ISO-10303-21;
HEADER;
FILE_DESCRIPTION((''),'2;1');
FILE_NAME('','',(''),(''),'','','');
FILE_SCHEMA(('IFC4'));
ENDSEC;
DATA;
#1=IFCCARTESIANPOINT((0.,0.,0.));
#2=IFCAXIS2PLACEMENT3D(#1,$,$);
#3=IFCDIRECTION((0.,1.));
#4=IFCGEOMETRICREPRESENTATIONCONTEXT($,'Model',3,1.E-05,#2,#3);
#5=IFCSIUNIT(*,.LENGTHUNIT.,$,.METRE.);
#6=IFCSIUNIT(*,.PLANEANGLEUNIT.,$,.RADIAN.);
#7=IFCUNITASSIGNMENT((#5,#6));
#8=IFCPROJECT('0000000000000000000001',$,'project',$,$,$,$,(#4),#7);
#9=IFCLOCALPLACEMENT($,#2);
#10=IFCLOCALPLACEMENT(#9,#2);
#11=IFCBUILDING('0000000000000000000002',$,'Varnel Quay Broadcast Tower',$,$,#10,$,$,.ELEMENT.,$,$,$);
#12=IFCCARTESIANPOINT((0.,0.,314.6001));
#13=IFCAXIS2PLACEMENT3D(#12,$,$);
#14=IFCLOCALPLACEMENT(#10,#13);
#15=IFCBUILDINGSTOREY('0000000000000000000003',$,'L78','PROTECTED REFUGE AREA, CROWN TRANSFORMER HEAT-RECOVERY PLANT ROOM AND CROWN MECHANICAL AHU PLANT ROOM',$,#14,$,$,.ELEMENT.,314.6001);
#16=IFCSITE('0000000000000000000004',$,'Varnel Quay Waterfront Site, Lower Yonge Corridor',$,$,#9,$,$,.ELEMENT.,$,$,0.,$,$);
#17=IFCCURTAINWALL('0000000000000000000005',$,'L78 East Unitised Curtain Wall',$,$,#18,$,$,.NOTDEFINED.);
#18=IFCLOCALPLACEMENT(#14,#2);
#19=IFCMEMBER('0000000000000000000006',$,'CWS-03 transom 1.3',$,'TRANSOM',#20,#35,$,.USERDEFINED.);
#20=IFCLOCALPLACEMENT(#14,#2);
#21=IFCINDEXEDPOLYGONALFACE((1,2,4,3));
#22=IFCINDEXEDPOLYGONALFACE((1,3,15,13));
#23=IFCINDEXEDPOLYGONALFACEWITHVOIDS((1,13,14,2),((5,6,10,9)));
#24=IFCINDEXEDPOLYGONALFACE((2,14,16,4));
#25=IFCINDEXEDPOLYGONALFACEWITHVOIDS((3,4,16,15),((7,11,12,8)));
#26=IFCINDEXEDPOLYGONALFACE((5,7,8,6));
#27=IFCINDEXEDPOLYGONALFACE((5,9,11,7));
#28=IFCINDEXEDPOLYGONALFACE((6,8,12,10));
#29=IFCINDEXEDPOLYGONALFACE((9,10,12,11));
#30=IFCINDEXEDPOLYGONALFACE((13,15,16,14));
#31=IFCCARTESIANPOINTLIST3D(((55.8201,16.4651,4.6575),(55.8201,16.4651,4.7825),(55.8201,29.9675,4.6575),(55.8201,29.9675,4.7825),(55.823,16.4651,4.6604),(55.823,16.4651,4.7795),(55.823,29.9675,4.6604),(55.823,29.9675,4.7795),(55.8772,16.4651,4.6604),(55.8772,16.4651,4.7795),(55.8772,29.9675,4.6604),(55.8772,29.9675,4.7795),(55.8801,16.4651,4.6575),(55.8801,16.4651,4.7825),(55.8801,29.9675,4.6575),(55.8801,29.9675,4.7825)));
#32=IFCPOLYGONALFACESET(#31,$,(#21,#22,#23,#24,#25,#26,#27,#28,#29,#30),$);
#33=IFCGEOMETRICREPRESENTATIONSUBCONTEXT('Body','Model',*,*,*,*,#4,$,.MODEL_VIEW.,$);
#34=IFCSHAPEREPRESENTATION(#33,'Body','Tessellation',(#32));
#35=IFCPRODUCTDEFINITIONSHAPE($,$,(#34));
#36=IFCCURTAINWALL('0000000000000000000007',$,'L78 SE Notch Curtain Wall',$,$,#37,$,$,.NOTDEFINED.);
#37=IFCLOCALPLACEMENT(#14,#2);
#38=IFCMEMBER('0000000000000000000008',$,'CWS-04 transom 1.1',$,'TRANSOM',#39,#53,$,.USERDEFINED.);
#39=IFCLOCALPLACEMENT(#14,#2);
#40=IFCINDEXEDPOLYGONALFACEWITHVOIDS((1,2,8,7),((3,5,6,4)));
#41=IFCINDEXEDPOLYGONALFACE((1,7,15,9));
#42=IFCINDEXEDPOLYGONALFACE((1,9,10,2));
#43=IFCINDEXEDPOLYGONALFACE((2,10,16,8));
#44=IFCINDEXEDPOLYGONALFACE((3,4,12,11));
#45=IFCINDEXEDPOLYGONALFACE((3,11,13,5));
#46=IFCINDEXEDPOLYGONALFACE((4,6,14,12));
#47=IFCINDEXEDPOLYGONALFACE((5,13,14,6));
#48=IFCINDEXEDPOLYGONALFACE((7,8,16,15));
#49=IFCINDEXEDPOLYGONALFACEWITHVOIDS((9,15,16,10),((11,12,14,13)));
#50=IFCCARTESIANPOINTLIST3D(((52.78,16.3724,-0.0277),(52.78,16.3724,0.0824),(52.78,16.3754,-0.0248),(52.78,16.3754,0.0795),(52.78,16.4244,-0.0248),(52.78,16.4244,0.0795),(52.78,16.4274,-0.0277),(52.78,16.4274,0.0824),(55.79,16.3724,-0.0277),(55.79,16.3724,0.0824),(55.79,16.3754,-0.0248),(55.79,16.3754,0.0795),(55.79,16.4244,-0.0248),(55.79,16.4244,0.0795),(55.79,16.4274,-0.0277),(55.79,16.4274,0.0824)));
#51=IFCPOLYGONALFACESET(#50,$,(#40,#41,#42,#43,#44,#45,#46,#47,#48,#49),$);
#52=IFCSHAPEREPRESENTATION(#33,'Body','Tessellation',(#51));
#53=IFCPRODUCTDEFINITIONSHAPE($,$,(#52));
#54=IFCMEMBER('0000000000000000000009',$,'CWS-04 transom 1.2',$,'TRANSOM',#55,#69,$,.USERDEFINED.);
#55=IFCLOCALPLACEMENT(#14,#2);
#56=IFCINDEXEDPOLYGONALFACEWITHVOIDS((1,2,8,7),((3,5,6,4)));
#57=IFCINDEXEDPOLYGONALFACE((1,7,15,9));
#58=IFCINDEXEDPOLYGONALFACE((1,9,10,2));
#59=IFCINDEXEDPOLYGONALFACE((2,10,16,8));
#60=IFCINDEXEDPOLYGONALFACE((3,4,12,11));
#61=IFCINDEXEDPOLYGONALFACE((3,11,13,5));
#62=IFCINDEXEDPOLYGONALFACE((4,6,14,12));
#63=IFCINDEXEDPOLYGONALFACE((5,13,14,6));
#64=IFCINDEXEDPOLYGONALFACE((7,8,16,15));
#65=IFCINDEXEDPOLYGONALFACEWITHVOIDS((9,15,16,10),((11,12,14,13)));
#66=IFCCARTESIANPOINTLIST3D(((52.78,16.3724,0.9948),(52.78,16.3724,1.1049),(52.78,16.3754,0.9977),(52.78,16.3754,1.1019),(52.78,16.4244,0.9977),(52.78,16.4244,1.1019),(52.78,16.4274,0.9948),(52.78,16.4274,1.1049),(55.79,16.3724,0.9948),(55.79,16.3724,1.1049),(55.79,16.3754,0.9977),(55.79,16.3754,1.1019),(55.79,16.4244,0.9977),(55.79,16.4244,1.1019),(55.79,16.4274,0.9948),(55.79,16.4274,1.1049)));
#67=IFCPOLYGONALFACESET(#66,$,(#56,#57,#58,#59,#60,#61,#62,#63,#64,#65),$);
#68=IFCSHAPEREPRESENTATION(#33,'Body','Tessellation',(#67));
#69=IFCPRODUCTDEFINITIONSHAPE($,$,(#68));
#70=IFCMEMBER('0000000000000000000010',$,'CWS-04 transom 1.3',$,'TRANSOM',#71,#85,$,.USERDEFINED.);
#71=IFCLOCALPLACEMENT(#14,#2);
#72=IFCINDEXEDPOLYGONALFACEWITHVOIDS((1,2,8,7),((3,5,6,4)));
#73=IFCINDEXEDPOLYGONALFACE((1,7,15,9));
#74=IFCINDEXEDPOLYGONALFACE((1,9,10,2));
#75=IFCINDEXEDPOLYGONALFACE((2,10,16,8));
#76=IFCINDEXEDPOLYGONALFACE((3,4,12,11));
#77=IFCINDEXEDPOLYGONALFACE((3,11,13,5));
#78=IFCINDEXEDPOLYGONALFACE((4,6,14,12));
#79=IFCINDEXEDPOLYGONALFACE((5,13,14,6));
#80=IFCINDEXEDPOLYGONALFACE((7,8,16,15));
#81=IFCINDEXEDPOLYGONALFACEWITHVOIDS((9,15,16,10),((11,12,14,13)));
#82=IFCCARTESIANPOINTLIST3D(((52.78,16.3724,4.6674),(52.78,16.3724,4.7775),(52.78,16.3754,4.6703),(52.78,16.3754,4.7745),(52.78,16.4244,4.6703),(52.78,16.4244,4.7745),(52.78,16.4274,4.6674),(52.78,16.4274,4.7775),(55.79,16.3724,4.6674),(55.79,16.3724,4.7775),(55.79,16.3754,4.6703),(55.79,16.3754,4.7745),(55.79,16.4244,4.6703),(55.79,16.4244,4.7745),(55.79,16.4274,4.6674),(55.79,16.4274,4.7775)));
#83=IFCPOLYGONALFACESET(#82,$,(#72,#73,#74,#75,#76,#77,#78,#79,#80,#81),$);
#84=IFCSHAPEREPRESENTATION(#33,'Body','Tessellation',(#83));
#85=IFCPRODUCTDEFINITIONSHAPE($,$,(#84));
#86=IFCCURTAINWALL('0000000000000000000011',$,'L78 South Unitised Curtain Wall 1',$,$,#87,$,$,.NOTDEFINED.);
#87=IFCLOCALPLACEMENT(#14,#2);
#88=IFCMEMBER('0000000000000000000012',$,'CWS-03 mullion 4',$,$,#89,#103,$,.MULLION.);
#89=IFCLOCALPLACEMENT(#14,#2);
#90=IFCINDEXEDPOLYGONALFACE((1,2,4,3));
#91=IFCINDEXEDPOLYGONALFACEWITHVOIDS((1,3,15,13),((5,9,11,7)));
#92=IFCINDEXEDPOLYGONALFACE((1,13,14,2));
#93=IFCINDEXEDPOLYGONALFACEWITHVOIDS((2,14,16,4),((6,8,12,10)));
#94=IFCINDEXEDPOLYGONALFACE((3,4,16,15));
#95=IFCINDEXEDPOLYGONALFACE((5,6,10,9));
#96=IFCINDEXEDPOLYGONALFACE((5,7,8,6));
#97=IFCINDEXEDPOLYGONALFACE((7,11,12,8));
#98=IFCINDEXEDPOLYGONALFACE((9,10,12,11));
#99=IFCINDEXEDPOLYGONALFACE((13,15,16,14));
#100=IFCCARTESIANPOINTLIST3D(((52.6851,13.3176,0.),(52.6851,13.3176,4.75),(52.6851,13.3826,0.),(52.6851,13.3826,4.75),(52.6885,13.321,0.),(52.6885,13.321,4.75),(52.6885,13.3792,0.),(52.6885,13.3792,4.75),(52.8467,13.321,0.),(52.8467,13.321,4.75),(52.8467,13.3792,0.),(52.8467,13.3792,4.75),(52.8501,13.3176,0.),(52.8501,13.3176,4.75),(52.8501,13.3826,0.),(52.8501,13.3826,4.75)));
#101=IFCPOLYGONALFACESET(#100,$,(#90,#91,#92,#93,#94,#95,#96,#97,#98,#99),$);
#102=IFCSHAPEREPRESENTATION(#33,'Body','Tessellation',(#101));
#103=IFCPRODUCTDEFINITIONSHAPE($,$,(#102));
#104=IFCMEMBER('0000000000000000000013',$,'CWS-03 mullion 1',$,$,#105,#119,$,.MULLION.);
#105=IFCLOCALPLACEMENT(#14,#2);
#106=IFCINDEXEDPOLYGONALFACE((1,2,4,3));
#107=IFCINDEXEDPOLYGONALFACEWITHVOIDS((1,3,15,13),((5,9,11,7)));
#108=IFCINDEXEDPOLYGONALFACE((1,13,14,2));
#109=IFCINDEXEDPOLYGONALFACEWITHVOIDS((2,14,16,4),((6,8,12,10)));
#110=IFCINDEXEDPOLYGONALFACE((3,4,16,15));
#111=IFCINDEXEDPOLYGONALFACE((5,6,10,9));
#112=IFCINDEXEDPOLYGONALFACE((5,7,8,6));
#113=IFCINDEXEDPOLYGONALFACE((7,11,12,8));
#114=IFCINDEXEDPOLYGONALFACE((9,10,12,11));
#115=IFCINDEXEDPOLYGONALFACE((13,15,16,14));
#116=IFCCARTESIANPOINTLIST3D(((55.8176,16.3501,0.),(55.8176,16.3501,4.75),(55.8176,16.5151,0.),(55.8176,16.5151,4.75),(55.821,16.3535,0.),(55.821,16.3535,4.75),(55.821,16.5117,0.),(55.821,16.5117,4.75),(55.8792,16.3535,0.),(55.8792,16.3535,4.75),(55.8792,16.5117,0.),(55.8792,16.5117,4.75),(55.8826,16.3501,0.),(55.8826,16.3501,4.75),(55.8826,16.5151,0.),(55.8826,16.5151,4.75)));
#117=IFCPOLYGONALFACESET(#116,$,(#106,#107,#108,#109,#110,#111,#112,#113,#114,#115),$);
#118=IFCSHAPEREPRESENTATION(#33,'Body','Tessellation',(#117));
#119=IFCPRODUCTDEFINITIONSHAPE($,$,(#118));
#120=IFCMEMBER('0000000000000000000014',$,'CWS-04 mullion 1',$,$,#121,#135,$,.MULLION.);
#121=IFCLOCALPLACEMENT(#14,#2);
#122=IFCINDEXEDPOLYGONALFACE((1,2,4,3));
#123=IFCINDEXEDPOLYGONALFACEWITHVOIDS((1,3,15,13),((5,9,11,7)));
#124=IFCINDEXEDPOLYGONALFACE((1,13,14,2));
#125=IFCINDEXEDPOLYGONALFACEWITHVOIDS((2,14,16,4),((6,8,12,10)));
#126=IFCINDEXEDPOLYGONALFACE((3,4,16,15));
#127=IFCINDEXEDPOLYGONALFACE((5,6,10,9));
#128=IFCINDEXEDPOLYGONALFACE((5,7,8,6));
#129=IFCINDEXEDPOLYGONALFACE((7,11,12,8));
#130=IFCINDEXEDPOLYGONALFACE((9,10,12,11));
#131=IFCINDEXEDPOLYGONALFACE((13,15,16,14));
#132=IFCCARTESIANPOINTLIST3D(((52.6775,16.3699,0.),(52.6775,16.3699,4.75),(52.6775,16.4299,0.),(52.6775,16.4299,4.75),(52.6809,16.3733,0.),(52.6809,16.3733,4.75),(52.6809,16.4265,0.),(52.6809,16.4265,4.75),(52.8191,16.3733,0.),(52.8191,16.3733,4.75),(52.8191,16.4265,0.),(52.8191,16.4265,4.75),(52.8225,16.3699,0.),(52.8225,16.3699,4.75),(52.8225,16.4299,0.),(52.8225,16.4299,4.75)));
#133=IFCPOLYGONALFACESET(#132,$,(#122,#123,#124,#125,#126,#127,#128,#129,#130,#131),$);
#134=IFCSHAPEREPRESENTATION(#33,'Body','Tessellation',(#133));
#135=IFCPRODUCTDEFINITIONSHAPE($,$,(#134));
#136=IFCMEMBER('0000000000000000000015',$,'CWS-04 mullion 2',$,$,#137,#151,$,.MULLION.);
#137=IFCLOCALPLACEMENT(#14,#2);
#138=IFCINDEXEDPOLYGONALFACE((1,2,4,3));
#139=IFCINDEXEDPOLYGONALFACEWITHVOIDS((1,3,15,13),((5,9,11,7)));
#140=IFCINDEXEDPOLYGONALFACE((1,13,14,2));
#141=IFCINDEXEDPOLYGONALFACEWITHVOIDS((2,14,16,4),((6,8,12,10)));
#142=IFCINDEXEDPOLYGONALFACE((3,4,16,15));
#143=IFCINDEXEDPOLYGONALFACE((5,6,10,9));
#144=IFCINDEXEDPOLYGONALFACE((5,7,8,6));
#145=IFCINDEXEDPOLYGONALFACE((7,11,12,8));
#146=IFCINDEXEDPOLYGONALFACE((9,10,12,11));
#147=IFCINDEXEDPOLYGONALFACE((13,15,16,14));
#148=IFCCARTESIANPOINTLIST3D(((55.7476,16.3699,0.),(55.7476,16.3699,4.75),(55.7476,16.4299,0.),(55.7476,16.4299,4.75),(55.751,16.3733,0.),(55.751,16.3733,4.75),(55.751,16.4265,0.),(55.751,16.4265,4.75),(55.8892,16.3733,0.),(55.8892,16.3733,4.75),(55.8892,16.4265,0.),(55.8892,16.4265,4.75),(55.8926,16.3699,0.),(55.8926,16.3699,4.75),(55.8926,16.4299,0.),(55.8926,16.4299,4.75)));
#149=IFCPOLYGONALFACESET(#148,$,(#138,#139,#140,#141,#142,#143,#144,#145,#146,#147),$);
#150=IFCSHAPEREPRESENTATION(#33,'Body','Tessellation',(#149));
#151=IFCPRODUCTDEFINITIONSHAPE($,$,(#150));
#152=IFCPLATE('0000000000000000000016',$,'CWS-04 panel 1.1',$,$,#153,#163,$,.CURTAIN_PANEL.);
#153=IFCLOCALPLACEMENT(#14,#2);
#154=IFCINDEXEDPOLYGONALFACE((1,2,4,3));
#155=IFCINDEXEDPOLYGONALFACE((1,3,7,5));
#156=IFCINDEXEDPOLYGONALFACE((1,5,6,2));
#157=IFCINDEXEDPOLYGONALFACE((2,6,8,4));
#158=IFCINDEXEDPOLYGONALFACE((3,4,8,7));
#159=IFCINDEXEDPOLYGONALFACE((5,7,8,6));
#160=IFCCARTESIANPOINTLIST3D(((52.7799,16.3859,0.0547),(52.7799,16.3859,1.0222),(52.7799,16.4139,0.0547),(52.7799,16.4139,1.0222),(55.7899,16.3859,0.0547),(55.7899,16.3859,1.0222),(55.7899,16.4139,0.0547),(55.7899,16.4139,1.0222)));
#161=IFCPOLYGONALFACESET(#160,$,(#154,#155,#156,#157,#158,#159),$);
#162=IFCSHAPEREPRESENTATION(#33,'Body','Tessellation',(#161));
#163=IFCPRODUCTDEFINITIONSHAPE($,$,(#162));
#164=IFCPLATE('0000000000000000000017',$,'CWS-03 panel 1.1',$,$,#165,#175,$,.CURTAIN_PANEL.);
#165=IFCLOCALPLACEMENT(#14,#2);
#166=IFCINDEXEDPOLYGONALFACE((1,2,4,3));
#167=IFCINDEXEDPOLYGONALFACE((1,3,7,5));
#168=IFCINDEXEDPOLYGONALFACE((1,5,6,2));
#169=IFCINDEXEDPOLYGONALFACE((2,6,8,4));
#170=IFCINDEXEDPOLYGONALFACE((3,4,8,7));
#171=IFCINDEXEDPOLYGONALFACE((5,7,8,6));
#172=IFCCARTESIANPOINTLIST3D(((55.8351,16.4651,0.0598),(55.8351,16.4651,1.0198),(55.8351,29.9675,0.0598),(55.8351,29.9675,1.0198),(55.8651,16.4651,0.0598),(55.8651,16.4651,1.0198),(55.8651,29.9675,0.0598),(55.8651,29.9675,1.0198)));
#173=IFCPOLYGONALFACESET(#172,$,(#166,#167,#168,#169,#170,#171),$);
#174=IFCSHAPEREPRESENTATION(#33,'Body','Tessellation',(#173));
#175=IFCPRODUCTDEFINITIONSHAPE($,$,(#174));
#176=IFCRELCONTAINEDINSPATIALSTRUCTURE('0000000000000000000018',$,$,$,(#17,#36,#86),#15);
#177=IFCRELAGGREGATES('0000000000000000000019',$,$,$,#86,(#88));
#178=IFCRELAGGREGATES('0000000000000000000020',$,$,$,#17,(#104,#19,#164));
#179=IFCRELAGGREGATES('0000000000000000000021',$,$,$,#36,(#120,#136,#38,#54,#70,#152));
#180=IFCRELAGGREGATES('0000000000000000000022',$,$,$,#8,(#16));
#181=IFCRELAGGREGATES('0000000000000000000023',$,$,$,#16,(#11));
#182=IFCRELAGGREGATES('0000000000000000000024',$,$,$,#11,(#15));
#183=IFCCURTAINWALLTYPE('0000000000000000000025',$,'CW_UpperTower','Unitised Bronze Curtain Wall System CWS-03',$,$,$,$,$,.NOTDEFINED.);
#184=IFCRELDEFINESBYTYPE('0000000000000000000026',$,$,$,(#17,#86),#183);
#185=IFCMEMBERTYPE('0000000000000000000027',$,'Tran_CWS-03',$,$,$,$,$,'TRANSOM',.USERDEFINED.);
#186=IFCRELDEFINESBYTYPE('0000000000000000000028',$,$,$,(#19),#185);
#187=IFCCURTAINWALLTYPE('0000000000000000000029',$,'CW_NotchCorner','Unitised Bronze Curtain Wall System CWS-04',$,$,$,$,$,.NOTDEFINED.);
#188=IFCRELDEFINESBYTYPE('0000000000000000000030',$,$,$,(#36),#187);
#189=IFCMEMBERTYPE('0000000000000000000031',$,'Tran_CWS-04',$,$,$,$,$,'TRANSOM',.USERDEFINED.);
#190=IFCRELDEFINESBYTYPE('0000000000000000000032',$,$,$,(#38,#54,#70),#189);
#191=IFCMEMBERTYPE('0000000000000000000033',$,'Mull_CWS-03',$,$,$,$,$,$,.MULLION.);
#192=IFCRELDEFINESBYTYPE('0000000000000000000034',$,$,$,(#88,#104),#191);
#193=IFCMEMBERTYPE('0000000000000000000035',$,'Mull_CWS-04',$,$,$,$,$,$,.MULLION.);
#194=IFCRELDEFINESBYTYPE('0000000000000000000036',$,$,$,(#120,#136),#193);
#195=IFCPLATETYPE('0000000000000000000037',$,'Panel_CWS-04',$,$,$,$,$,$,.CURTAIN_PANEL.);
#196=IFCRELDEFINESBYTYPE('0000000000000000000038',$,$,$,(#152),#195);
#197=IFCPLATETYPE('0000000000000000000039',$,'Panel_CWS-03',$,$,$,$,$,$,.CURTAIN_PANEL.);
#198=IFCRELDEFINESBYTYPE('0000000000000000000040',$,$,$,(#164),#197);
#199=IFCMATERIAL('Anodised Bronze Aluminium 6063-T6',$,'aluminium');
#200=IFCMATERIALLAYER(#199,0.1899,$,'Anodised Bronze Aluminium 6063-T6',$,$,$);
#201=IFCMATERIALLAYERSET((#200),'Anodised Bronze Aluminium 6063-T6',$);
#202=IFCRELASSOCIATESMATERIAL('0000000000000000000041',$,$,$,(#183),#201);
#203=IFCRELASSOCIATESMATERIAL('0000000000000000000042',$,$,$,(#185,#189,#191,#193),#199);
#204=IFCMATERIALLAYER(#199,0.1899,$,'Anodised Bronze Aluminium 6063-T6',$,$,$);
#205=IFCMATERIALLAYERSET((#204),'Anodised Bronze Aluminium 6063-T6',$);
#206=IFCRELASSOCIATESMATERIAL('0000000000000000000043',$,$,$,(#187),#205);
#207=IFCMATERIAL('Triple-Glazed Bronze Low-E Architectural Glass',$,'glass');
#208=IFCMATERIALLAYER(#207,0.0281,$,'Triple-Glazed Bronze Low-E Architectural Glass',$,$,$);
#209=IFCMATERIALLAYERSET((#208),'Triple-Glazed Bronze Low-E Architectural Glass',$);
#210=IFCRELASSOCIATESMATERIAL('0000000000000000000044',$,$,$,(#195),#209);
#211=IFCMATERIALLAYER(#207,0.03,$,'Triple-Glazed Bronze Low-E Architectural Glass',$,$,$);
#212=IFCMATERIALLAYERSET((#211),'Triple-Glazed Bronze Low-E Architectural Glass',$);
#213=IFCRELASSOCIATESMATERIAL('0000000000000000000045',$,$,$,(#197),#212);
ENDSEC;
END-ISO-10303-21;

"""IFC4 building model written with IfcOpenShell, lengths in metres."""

from ifc_helpers import new_model, si_unit, direction, frame, origin, origin_2d, place, context, subcontext, project, spatial, rectangle, hollow_rectangle, extrude, source, transform, mapped, material, layer, layer_set, material_profile, profile_set, type_object, type_shapes, element, aggregate, save


model = new_model("IFC4")

# Units and contexts
model_context = context("Model", 3, precision=1e-05, world=origin(), true_north=direction((0.0, 1.0)))
body_context = subcontext(model_context, "Body", "Model", "MODEL_VIEW")
ifc_project = project(units=[si_unit("LENGTHUNIT", "METRE"), si_unit("PLANEANGLEUNIT", "RADIAN")], contexts=[model_context])

# Site, building, storey
site_placement = place(None, origin())
site = spatial("IfcSite", under=ifc_project, at=site_placement, Name="Varnel Quay Waterfront Site, Lower Yonge Corridor", CompositionType="ELEMENT", RefElevation=0.0)
building_placement = place(site_placement, origin())
building = spatial("IfcBuilding", under=site, at=building_placement, Name="Varnel Quay Broadcast Tower", CompositionType="ELEMENT")
storey_placement = place(building_placement, frame((0.0, 0.0, 314.6001)))
storey = spatial("IfcBuildingStorey", under=building, at=storey_placement, Name="L78", Description="PROTECTED REFUGE AREA, CROWN TRANSFORMER HEAT-RECOVERY PLANT ROOM AND CROWN MECHANICAL AHU PLANT ROOM", CompositionType="ELEMENT", Elevation=314.6001)

# Curtain walls, members
ifc_material_1 = material(Name="Anodised Bronze Aluminium 6063-T6", Category="aluminium")
ifc_layer_1 = layer(ifc_material_1, 0.1899, Name="Anodised Bronze Aluminium 6063-T6")
ifc_layer_set_1 = layer_set([ifc_layer_1], Name="Anodised Bronze Aluminium 6063-T6")
curtain_wall_type_1 = type_object("IfcCurtainWallType", Name="CW_UpperTower", Description="Unitised Bronze Curtain Wall System CWS-03", PredefinedType="NOTDEFINED", material=ifc_layer_set_1)
curtain_wall_1_placement = place(storey_placement, origin())
curtain_wall_1 = element("IfcCurtainWall", 1, at=curtain_wall_1_placement, inside=storey, type_object=curtain_wall_type_1, Name="L78 East Unitised Curtain Wall", PredefinedType="NOTDEFINED")
ifc_material_profile_1 = material_profile(ifc_material_1, hollow_rectangle(XDim=0.0601, YDim=0.125, WallThickness=0.0029, at=origin_2d()), Name="ALU60X125X3")
ifc_profile_set_1 = profile_set([ifc_material_profile_1], Name="Anodised Bronze Aluminium 6063-T6")
member_type_1 = type_object("IfcMemberType", Name="Tran_CWS-03", ElementType="TRANSOM", PredefinedType="USERDEFINED", material=ifc_profile_set_1)
shared_shape_1 = source(origin(), body_context, "Body", "SweptSolid", [
    extrude(hollow_rectangle(XDim=0.0601, YDim=0.125, WallThickness=0.0029, at=origin_2d()), origin(), (0.0, 0.0, 1.0), 13.5024),
])
type_shapes(member_type_1, [shared_shape_1])
member_1_placement = place(storey_placement, frame((55.8501, 16.4651, 4.72), z_axis=(0.0, 1.0, 0.0), x_axis=(-1.0, 0.0, 0.0)))
member_1 = element("IfcMember", 2, at=member_1_placement, type_object=member_type_1, Name="CWS-03 transom 1.3", ObjectType="TRANSOM", PredefinedType="USERDEFINED", context=body_context, shape_type="MappedRepresentation", body=[
    mapped(shared_shape_1, transform((0.0, 0.0, 0.0), x_axis=(1.0, 0.0, 0.0), y_axis=(0.0, 1.0, 0.0), z_axis=(0.0, 0.0, 1.0), scale=1.0)),
])
ifc_layer_2 = layer(ifc_material_1, 0.1899, Name="Anodised Bronze Aluminium 6063-T6")
ifc_layer_set_2 = layer_set([ifc_layer_2], Name="Anodised Bronze Aluminium 6063-T6")
curtain_wall_type_2 = type_object("IfcCurtainWallType", Name="CW_NotchCorner", Description="Unitised Bronze Curtain Wall System CWS-04", PredefinedType="NOTDEFINED", material=ifc_layer_set_2)
curtain_wall_2_placement = place(storey_placement, origin())
curtain_wall_2 = element("IfcCurtainWall", 3, at=curtain_wall_2_placement, inside=storey, type_object=curtain_wall_type_2, Name="L78 SE Notch Curtain Wall", PredefinedType="NOTDEFINED")
ifc_material_profile_2 = material_profile(ifc_material_1, hollow_rectangle(XDim=0.0549, YDim=0.1101, WallThickness=0.0029, at=origin_2d()), Name="ALU55X110X3")
ifc_profile_set_2 = profile_set([ifc_material_profile_2], Name="Anodised Bronze Aluminium 6063-T6")
member_type_2 = type_object("IfcMemberType", Name="Tran_CWS-04", ElementType="TRANSOM", PredefinedType="USERDEFINED", material=ifc_profile_set_2)
shared_shape_2 = source(origin(), body_context, "Body", "SweptSolid", [
    extrude(hollow_rectangle(XDim=0.0549, YDim=0.1101, WallThickness=0.0029, at=origin_2d()), origin(), (0.0, 0.0, 1.0), 3.01),
])
type_shapes(member_type_2, [shared_shape_2])
member_2_placement = place(storey_placement, frame((52.78, 16.3999, 0.0273), z_axis=(1.0, 0.0, 0.0), x_axis=(0.0, 1.0, 0.0)))
member_2 = element("IfcMember", 4, at=member_2_placement, type_object=member_type_2, Name="CWS-04 transom 1.1", ObjectType="TRANSOM", PredefinedType="USERDEFINED", context=body_context, shape_type="MappedRepresentation", body=[
    mapped(shared_shape_2, transform((0.0, 0.0, 0.0), x_axis=(1.0, 0.0, 0.0), y_axis=(0.0, 1.0, 0.0), z_axis=(0.0, 0.0, 1.0), scale=1.0)),
])
member_3_placement = place(storey_placement, frame((52.78, 16.3999, 1.0498), z_axis=(1.0, 0.0, 0.0), x_axis=(0.0, 1.0, 0.0)))
member_3 = element("IfcMember", 5, at=member_3_placement, type_object=member_type_2, Name="CWS-04 transom 1.2", ObjectType="TRANSOM", PredefinedType="USERDEFINED", context=body_context, shape_type="MappedRepresentation", body=[
    mapped(shared_shape_2, transform((0.0, 0.0, 0.0), x_axis=(1.0, 0.0, 0.0), y_axis=(0.0, 1.0, 0.0), z_axis=(0.0, 0.0, 1.0), scale=1.0)),
])
member_4_placement = place(storey_placement, frame((52.78, 16.3999, 4.7224), z_axis=(1.0, 0.0, 0.0), x_axis=(0.0, 1.0, 0.0)))
member_4 = element("IfcMember", 6, at=member_4_placement, type_object=member_type_2, Name="CWS-04 transom 1.3", ObjectType="TRANSOM", PredefinedType="USERDEFINED", context=body_context, shape_type="MappedRepresentation", body=[
    mapped(shared_shape_2, transform((0.0, 0.0, 0.0), x_axis=(1.0, 0.0, 0.0), y_axis=(0.0, 1.0, 0.0), z_axis=(0.0, 0.0, 1.0), scale=1.0)),
])

# Curtain wall, member
curtain_wall_3_placement = place(storey_placement, origin())
curtain_wall_3 = element("IfcCurtainWall", 7, at=curtain_wall_3_placement, inside=storey, type_object=curtain_wall_type_1, Name="L78 South Unitised Curtain Wall 1", PredefinedType="NOTDEFINED")
ifc_material_profile_3 = material_profile(ifc_material_1, hollow_rectangle(XDim=0.0649, YDim=0.165, WallThickness=0.0034, at=origin_2d()), Name="ALU65X165X3.5")
ifc_profile_set_3 = profile_set([ifc_material_profile_3], Name="Anodised Bronze Aluminium 6063-T6")
member_type_3 = type_object("IfcMemberType", Name="Mull_CWS-03", PredefinedType="MULLION", material=ifc_profile_set_3)
shared_shape_3 = source(origin(), body_context, "Body", "SweptSolid", [
    extrude(hollow_rectangle(XDim=0.0649, YDim=0.165, WallThickness=0.0034, at=origin_2d()), origin(), (0.0, 0.0, 1.0), 4.75),
])
type_shapes(member_type_3, [shared_shape_3])
member_5_placement = place(storey_placement, frame((52.7676, 13.3501, 0.0), z_axis=(0.0, 0.0, 1.0), x_axis=(0.0, 1.0, 0.0)))
member_5 = element("IfcMember", 8, at=member_5_placement, type_object=member_type_3, Name="CWS-03 mullion 4", PredefinedType="MULLION", context=body_context, shape_type="MappedRepresentation", body=[
    mapped(shared_shape_3, transform((0.0, 0.0, 0.0), x_axis=(1.0, 0.0, 0.0), y_axis=(0.0, 1.0, 0.0), z_axis=(0.0, 0.0, 1.0), scale=1.0)),
])
aggregate(curtain_wall_3, [member_5])

# Members
member_6_placement = place(storey_placement, frame((55.8501, 16.4326, 0.0), z_axis=(0.0, 0.0, 1.0), x_axis=(-1.0, 0.0, 0.0)))
member_6 = element("IfcMember", 9, at=member_6_placement, type_object=member_type_3, Name="CWS-03 mullion 1", PredefinedType="MULLION", context=body_context, shape_type="MappedRepresentation", body=[
    mapped(shared_shape_3, transform((0.0, 0.0, 0.0), x_axis=(1.0, 0.0, 0.0), y_axis=(0.0, 1.0, 0.0), z_axis=(0.0, 0.0, 1.0), scale=1.0)),
])
ifc_material_profile_4 = material_profile(ifc_material_1, hollow_rectangle(XDim=0.0601, YDim=0.145, WallThickness=0.0034, at=origin_2d()), Name="ALU60X145X3.5")
ifc_profile_set_4 = profile_set([ifc_material_profile_4], Name="Anodised Bronze Aluminium 6063-T6")
member_type_4 = type_object("IfcMemberType", Name="Mull_CWS-04", PredefinedType="MULLION", material=ifc_profile_set_4)
shared_shape_4 = source(origin(), body_context, "Body", "SweptSolid", [
    extrude(hollow_rectangle(XDim=0.0601, YDim=0.145, WallThickness=0.0034, at=origin_2d()), origin(), (0.0, 0.0, 1.0), 4.75),
])
type_shapes(member_type_4, [shared_shape_4])
member_7_placement = place(storey_placement, frame((52.75, 16.3999, 0.0), z_axis=(0.0, 0.0, 1.0), x_axis=(0.0, 1.0, 0.0)))
member_7 = element("IfcMember", 10, at=member_7_placement, type_object=member_type_4, Name="CWS-04 mullion 1", PredefinedType="MULLION", context=body_context, shape_type="MappedRepresentation", body=[
    mapped(shared_shape_4, transform((0.0, 0.0, 0.0), x_axis=(1.0, 0.0, 0.0), y_axis=(0.0, 1.0, 0.0), z_axis=(0.0, 0.0, 1.0), scale=1.0)),
])
member_8_placement = place(storey_placement, frame((55.8201, 16.3999, 0.0), z_axis=(0.0, 0.0, 1.0), x_axis=(0.0, 1.0, 0.0)))
member_8 = element("IfcMember", 11, at=member_8_placement, type_object=member_type_4, Name="CWS-04 mullion 2", PredefinedType="MULLION", context=body_context, shape_type="MappedRepresentation", body=[
    mapped(shared_shape_4, transform((0.0, 0.0, 0.0), x_axis=(1.0, 0.0, 0.0), y_axis=(0.0, 1.0, 0.0), z_axis=(0.0, 0.0, 1.0), scale=1.0)),
])

# Plates
ifc_material_2 = material(Name="Triple-Glazed Bronze Low-E Architectural Glass", Category="glass")
ifc_layer_3 = layer(ifc_material_2, 0.0281, Name="Triple-Glazed Bronze Low-E Architectural Glass")
ifc_layer_set_3 = layer_set([ifc_layer_3], Name="Triple-Glazed Bronze Low-E Architectural Glass")
plate_type_1 = type_object("IfcPlateType", Name="Panel_CWS-04", PredefinedType="CURTAIN_PANEL", material=ifc_layer_set_3)
shared_shape_5 = source(origin(), body_context, "Body", "SweptSolid", [
    extrude(rectangle(XDim=3.01, YDim=0.0281, at=origin_2d()), origin(), (0.0, 0.0, 1.0), 0.9675),
])
plate_1_placement = place(storey_placement, frame((54.2849, 16.3999, 0.0547), z_axis=(0.0, 0.0, 1.0), x_axis=(1.0, 0.0, 0.0)))
plate_1 = element("IfcPlate", 12, at=plate_1_placement, type_object=plate_type_1, Name="CWS-04 panel 1.1", PredefinedType="CURTAIN_PANEL", context=body_context, shape_type="MappedRepresentation", body=[
    mapped(shared_shape_5, transform((0.0, 0.0, 0.0), x_axis=(1.0, 0.0, 0.0), y_axis=(0.0, 1.0, 0.0), z_axis=(0.0, 0.0, 1.0), scale=1.0)),
])
ifc_layer_4 = layer(ifc_material_2, 0.03, Name="Triple-Glazed Bronze Low-E Architectural Glass")
ifc_layer_set_4 = layer_set([ifc_layer_4], Name="Triple-Glazed Bronze Low-E Architectural Glass")
plate_type_2 = type_object("IfcPlateType", Name="Panel_CWS-03", PredefinedType="CURTAIN_PANEL", material=ifc_layer_set_4)
shared_shape_6 = source(origin(), body_context, "Body", "SweptSolid", [
    extrude(rectangle(XDim=13.5024, YDim=0.03, at=origin_2d()), origin(), (0.0, 0.0, 1.0), 0.96),
])
plate_2_placement = place(storey_placement, frame((55.8501, 23.2163, 0.0598), z_axis=(0.0, 0.0, 1.0), x_axis=(0.0, 1.0, 0.0)))
plate_2 = element("IfcPlate", 13, at=plate_2_placement, type_object=plate_type_2, Name="CWS-03 panel 1.1", PredefinedType="CURTAIN_PANEL", context=body_context, shape_type="MappedRepresentation", body=[
    mapped(shared_shape_6, transform((0.0, 0.0, 0.0), x_axis=(1.0, 0.0, 0.0), y_axis=(0.0, 1.0, 0.0), z_axis=(0.0, 0.0, 1.0), scale=1.0)),
])
aggregate(curtain_wall_1, [member_6, member_1, plate_2])
aggregate(curtain_wall_2, [member_7, member_8, member_2, member_3, member_4, plate_1])

save(model, "model.ifc")
